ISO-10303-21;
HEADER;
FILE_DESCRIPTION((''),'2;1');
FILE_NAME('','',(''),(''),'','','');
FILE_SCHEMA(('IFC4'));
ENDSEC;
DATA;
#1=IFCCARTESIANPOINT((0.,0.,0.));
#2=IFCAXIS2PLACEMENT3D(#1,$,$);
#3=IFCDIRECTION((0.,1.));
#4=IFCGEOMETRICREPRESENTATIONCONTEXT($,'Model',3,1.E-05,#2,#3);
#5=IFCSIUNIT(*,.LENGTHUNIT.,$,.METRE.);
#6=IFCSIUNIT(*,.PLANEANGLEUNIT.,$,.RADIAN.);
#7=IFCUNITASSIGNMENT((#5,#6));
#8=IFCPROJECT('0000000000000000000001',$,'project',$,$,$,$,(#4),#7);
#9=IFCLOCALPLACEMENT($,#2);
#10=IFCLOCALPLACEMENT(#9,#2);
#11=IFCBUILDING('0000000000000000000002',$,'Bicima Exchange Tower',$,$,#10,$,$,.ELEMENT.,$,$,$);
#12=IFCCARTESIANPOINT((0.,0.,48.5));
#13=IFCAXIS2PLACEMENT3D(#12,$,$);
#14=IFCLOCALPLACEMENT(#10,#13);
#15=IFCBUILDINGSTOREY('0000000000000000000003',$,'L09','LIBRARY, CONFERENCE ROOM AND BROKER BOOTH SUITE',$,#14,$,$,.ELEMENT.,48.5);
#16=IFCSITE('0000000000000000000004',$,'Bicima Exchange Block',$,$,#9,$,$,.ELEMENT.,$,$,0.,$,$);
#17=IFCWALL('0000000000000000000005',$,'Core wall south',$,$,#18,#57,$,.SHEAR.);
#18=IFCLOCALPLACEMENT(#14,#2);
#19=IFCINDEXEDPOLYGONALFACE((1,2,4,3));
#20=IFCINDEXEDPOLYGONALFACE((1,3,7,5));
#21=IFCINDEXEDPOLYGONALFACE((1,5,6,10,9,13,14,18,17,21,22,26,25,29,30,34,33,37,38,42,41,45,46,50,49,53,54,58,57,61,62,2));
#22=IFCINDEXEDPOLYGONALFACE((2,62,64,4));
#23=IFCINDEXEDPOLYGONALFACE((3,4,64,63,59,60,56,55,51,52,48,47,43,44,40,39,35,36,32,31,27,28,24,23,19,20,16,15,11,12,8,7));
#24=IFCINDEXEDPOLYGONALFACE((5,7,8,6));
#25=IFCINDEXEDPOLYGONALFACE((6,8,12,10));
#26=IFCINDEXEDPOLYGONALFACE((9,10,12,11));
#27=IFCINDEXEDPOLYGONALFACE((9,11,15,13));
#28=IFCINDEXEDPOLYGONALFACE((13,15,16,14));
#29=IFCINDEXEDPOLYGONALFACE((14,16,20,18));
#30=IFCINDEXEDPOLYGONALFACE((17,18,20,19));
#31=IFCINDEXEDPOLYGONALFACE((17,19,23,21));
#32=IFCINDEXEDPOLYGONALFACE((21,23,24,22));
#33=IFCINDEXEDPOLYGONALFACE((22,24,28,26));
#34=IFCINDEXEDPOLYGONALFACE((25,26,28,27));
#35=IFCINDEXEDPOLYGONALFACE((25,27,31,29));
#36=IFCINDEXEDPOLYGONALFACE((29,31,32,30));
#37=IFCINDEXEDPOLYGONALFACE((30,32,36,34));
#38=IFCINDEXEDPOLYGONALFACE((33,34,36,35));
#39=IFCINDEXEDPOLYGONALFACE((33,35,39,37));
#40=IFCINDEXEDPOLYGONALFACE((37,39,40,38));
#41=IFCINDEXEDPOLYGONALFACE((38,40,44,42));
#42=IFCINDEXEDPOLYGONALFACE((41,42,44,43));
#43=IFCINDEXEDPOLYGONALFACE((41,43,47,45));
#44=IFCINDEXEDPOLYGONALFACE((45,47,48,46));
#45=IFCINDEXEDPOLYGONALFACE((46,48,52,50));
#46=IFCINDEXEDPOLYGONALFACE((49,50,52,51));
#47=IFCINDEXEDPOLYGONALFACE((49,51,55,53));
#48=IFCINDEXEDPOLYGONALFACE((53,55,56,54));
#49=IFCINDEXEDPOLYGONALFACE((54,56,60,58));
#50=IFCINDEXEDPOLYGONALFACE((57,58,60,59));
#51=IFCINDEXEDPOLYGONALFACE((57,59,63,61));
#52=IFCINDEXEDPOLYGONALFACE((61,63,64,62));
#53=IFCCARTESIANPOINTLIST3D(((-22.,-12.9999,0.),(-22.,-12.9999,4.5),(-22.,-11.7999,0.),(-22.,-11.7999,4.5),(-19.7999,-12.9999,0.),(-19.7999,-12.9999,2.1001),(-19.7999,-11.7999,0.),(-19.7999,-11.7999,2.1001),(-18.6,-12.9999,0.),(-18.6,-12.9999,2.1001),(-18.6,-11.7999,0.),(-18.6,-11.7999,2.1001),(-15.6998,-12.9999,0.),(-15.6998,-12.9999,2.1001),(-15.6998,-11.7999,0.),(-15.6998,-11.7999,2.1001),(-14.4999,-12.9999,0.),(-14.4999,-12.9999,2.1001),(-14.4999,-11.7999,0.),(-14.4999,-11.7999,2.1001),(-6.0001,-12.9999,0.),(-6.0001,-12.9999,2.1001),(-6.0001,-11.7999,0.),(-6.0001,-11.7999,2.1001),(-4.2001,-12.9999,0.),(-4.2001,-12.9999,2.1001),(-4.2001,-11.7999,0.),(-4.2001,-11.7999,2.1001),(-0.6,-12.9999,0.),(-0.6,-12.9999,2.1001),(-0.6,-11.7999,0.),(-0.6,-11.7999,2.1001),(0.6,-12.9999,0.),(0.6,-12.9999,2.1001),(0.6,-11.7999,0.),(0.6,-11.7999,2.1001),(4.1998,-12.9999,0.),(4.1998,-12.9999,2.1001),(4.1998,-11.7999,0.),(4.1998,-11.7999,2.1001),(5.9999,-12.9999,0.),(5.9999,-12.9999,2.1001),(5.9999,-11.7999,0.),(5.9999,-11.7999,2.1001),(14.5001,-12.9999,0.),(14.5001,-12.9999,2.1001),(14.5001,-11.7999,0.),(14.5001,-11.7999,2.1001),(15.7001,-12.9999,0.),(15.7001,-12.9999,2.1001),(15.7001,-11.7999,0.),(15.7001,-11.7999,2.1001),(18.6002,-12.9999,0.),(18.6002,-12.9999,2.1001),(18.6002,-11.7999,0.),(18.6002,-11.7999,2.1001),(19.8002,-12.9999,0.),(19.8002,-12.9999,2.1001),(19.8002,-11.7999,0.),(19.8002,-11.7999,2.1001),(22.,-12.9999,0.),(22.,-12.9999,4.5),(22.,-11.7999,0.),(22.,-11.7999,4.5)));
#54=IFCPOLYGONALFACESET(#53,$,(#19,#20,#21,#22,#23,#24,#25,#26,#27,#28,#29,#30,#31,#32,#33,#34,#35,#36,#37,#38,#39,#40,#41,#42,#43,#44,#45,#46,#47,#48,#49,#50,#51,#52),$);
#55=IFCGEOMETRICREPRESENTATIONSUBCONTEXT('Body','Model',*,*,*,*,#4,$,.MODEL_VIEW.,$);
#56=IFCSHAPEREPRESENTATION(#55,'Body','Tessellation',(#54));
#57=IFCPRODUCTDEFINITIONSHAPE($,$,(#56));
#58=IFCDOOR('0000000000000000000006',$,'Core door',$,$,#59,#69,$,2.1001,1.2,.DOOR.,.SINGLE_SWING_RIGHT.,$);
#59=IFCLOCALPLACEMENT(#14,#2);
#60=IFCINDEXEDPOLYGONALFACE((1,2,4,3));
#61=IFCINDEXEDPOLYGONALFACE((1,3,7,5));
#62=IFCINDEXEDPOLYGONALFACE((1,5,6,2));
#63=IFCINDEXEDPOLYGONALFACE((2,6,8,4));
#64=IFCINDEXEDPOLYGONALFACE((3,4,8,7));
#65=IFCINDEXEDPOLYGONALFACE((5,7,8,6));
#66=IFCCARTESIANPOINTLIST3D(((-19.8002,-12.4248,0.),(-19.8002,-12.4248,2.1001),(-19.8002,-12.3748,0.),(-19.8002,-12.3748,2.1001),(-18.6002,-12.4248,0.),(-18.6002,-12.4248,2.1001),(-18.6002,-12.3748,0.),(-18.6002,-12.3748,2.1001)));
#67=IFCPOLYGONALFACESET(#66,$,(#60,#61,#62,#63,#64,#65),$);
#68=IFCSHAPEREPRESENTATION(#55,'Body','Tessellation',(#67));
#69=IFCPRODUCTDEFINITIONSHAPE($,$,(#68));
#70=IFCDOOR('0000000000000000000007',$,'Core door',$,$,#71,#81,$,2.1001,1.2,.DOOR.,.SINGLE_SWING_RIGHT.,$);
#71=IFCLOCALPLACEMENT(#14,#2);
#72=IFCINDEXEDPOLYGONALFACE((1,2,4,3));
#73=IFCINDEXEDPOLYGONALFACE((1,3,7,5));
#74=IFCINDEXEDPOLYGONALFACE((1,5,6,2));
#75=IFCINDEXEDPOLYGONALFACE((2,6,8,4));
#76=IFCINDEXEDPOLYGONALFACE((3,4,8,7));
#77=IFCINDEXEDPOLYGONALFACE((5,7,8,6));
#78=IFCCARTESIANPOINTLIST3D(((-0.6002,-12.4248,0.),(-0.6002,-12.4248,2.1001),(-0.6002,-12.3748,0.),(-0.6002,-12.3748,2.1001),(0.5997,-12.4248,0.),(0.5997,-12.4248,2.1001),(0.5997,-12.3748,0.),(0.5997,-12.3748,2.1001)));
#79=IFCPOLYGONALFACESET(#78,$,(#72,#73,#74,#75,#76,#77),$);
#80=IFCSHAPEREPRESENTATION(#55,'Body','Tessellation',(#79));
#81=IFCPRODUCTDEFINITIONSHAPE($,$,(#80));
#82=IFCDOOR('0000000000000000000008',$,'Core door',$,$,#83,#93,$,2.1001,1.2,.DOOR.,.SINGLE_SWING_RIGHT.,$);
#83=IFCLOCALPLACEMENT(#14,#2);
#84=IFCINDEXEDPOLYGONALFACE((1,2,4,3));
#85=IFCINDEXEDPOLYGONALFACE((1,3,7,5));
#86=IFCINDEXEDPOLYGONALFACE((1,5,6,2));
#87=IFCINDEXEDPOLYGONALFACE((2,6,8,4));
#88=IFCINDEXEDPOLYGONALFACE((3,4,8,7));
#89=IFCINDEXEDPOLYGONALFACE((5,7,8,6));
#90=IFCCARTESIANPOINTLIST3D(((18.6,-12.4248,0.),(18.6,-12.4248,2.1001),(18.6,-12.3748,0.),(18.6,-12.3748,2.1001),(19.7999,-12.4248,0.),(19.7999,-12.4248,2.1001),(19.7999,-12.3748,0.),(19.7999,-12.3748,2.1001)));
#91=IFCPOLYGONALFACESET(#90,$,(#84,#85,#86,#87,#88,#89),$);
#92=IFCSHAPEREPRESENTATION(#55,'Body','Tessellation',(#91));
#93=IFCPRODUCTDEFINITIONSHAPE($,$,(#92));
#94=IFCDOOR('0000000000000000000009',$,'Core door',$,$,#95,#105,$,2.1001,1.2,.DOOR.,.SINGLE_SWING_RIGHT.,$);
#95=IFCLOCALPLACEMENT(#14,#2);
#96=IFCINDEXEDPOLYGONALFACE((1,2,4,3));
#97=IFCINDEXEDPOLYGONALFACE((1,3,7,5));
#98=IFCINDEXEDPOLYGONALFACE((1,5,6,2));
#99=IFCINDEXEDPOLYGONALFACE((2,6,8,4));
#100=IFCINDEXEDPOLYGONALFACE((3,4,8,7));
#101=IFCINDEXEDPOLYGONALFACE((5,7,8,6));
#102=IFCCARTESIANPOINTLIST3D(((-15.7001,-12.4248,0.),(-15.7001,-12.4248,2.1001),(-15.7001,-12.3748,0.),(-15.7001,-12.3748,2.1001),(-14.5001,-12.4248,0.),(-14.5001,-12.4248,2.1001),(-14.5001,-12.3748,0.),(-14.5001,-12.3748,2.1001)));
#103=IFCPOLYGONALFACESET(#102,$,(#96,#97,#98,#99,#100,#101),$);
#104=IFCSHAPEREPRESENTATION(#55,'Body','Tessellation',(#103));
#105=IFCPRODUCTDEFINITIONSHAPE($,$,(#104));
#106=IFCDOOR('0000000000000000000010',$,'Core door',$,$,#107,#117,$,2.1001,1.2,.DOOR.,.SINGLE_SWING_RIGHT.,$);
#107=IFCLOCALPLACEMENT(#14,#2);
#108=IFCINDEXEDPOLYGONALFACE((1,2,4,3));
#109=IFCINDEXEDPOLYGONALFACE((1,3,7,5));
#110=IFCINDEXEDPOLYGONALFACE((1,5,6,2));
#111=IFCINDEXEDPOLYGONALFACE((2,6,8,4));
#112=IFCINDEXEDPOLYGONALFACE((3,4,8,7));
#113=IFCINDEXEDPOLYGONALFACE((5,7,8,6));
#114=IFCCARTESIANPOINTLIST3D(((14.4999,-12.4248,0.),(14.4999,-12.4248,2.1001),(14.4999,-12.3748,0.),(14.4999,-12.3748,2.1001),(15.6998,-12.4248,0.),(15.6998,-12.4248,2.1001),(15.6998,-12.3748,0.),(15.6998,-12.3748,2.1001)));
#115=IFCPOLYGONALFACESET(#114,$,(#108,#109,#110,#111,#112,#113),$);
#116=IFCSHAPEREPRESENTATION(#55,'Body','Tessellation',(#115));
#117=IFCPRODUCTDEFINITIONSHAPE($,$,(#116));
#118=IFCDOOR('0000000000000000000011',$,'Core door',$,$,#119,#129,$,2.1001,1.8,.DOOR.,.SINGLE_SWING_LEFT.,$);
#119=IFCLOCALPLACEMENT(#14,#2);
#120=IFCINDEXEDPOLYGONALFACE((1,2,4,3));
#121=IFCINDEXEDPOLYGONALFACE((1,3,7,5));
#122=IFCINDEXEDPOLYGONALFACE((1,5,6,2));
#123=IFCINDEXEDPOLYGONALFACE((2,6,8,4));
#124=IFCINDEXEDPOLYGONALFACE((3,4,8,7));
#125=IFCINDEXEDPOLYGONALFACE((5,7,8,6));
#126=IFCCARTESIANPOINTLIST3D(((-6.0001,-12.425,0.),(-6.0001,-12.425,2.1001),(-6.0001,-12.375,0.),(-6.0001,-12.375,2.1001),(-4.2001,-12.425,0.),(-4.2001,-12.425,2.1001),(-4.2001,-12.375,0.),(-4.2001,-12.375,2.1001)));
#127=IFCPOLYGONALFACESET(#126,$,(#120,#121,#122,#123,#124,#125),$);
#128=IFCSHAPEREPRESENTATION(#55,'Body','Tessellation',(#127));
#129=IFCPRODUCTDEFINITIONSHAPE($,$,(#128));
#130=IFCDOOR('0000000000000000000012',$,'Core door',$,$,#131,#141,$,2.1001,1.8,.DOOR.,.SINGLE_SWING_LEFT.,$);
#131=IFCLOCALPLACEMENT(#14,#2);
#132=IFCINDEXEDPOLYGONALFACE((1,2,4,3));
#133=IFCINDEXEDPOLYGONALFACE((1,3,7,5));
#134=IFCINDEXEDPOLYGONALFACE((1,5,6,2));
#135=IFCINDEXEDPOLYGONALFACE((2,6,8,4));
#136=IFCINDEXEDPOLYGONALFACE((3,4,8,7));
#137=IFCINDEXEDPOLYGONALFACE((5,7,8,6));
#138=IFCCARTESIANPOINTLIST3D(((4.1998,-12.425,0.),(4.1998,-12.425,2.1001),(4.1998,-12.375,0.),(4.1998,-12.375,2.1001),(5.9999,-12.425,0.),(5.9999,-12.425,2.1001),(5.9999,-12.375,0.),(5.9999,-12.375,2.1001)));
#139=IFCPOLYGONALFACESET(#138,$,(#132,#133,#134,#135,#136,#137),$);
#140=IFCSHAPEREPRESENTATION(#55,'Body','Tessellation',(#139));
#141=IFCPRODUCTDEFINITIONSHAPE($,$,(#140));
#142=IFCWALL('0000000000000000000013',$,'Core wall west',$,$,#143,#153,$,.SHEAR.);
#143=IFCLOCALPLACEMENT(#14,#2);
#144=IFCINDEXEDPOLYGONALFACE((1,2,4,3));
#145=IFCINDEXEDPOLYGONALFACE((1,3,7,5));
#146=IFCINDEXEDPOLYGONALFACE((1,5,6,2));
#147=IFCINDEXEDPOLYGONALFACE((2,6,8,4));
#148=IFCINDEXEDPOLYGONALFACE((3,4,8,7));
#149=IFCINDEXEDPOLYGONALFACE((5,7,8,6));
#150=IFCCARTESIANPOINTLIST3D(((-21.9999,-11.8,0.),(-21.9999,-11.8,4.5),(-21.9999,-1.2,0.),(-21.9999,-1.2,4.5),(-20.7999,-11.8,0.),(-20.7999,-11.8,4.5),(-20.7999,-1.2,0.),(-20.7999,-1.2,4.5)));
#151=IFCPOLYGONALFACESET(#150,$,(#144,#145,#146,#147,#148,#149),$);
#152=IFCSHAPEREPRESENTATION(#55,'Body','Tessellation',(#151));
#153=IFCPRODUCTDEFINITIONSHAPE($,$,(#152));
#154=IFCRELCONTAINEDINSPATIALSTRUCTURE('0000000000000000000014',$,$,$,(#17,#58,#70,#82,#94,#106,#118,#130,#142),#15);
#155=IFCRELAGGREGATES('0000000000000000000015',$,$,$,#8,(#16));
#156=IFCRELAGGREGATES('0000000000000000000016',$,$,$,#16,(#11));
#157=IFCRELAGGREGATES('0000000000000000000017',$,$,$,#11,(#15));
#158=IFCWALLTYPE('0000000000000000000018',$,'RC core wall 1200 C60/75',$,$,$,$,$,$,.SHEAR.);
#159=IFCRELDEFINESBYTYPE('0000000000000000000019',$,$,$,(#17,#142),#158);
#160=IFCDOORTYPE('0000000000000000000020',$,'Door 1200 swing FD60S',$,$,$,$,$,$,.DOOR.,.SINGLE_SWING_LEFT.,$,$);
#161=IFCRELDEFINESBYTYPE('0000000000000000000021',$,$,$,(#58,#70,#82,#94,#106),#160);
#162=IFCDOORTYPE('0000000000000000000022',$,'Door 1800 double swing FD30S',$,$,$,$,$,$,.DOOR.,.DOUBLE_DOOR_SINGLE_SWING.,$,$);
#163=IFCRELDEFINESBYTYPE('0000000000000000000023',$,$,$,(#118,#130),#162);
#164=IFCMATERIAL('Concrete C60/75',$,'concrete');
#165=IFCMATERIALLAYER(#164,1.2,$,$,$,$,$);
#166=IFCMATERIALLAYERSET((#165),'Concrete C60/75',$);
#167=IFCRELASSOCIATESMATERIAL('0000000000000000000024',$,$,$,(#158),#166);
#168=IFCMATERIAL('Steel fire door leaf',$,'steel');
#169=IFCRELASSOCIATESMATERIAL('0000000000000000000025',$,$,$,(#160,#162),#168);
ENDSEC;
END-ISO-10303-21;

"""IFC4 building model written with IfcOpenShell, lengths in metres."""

from ifc_helpers import new_model, si_unit, direction, frame, frame_2d, origin, place, context, subcontext, project, spatial, rectangle, extrude, material, layer, layer_set, type_object, element, fill, save


model = new_model("IFC4")

# Units and contexts
model_context = context("Model", 3, precision=1e-05, world=origin(), true_north=direction((0.0, 1.0)))
body_context = subcontext(model_context, "Body", "Model", "MODEL_VIEW")
ifc_project = project(units=[si_unit("LENGTHUNIT", "METRE"), si_unit("PLANEANGLEUNIT", "RADIAN")], contexts=[model_context])

# Site, building, storey
site_placement = place(None, origin())
site = spatial("IfcSite", under=ifc_project, at=site_placement, Name="Bicima Exchange Block", CompositionType="ELEMENT", RefElevation=0.0)
building_placement = place(site_placement, origin())
building = spatial("IfcBuilding", under=site, at=building_placement, Name="Bicima Exchange Tower", CompositionType="ELEMENT")
storey_placement = place(building_placement, frame((0.0, 0.0, 48.5)))
storey = spatial("IfcBuildingStorey", under=building, at=storey_placement, Name="L09", Description="LIBRARY, CONFERENCE ROOM AND BROKER BOOTH SUITE", CompositionType="ELEMENT", Elevation=48.5)

# Wall, openings, doors
ifc_material_1 = material(Name="Concrete C60/75", Category="concrete")
ifc_layer_1 = layer(ifc_material_1, 1.2)
ifc_layer_set_1 = layer_set([ifc_layer_1], Name="Concrete C60/75")
wall_type_1 = type_object("IfcWallType", Name="RC core wall 1200 C60/75", PredefinedType="SHEAR", material=ifc_layer_set_1)
wall_1_placement = place(storey_placement, frame((-22.0, -12.3999, 0.0), z_axis=(0.0, 0.0, 1.0), x_axis=(1.0, 0.0, 0.0)))
wall_1 = element("IfcWall", 1, at=wall_1_placement, inside=storey, type_object=wall_type_1, Name="Core wall south", PredefinedType="SHEAR", context=body_context, shape_type="SweptSolid", body=[
    extrude(rectangle(XDim=44.0, YDim=1.2, at=frame_2d((22.0, 0.0))), origin(), (0.0, 0.0, 1.0), 4.5),
])
opening_1_placement = place(wall_1_placement, frame((2.2, 0.0, 0.0)))
opening_1 = element("IfcOpeningElement", 2, at=opening_1_placement, cuts=wall_1, PredefinedType="OPENING", context=body_context, shape_type="SweptSolid", body=[
    extrude(rectangle(XDim=1.2, YDim=2.1001, at=frame_2d((0.6001, 1.05))), frame((0.0, 0.6118, 0.0), z_axis=(0.0, -1.0, 0.0), x_axis=(1.0, 0.0, 0.0)), (0.0, 0.0, 1.0), 1.2239),
])
opening_2_placement = place(wall_1_placement, frame((21.3999, 0.0, 0.0)))
opening_2 = element("IfcOpeningElement", 3, at=opening_2_placement, cuts=wall_1, PredefinedType="OPENING", context=body_context, shape_type="SweptSolid", body=[
    extrude(rectangle(XDim=1.2, YDim=2.1001, at=frame_2d((0.6001, 1.05))), frame((0.0, 0.6118, 0.0), z_axis=(0.0, -1.0, 0.0), x_axis=(1.0, 0.0, 0.0)), (0.0, 0.0, 1.0), 1.2239),
])
opening_3_placement = place(wall_1_placement, frame((40.6001, 0.0, 0.0)))
opening_3 = element("IfcOpeningElement", 4, at=opening_3_placement, cuts=wall_1, PredefinedType="OPENING", context=body_context, shape_type="SweptSolid", body=[
    extrude(rectangle(XDim=1.2, YDim=2.1001, at=frame_2d((0.6001, 1.05))), frame((0.0, 0.6118, 0.0), z_axis=(0.0, -1.0, 0.0), x_axis=(1.0, 0.0, 0.0)), (0.0, 0.0, 1.0), 1.2239),
])
opening_4_placement = place(wall_1_placement, frame((16.0, 0.0, 0.0)))
opening_4 = element("IfcOpeningElement", 5, at=opening_4_placement, cuts=wall_1, PredefinedType="OPENING", context=body_context, shape_type="SweptSolid", body=[
    extrude(rectangle(XDim=1.8, YDim=2.1001, at=frame_2d((0.8999, 1.05))), frame((0.0, 0.6118, 0.0), z_axis=(0.0, -1.0, 0.0), x_axis=(1.0, 0.0, 0.0)), (0.0, 0.0, 1.0), 1.2239),
])
opening_5_placement = place(wall_1_placement, frame((6.3, 0.0, 0.0)))
opening_5 = element("IfcOpeningElement", 6, at=opening_5_placement, cuts=wall_1, PredefinedType="OPENING", context=body_context, shape_type="SweptSolid", body=[
    extrude(rectangle(XDim=1.2, YDim=2.1001, at=frame_2d((0.6001, 1.05))), frame((0.0, 0.6118, 0.0), z_axis=(0.0, -1.0, 0.0), x_axis=(1.0, 0.0, 0.0)), (0.0, 0.0, 1.0), 1.2239),
])
opening_6_placement = place(wall_1_placement, frame((26.2, 0.0, 0.0)))
opening_6 = element("IfcOpeningElement", 7, at=opening_6_placement, cuts=wall_1, PredefinedType="OPENING", context=body_context, shape_type="SweptSolid", body=[
    extrude(rectangle(XDim=1.8, YDim=2.1001, at=frame_2d((0.8999, 1.05))), frame((0.0, 0.6118, 0.0), z_axis=(0.0, -1.0, 0.0), x_axis=(1.0, 0.0, 0.0)), (0.0, 0.0, 1.0), 1.2239),
])
opening_7_placement = place(wall_1_placement, frame((36.5, 0.0, 0.0)))
opening_7 = element("IfcOpeningElement", 8, at=opening_7_placement, cuts=wall_1, PredefinedType="OPENING", context=body_context, shape_type="SweptSolid", body=[
    extrude(rectangle(XDim=1.2, YDim=2.1001, at=frame_2d((0.6001, 1.05))), frame((0.0, 0.6118, 0.0), z_axis=(0.0, -1.0, 0.0), x_axis=(1.0, 0.0, 0.0)), (0.0, 0.0, 1.0), 1.2239),
])
ifc_material_2 = material(Name="Steel fire door leaf", Category="steel")
door_type_1 = type_object("IfcDoorType", Name="Door 1200 swing FD60S", OperationType="SINGLE_SWING_LEFT", PredefinedType="DOOR", material=ifc_material_2)
door_1_placement = place(opening_1_placement, frame((1.2, 0.0, 0.0), z_axis=(0.0, 0.0, 1.0), x_axis=(-1.0, 0.0, 0.0)))
door_1 = element("IfcDoor", 9, at=door_1_placement, inside=storey, type_object=door_type_1, Name="Core door", OperationType="SINGLE_SWING_RIGHT", OverallHeight=2.1001, OverallWidth=1.2, PredefinedType="DOOR", context=body_context, shape_type="SweptSolid", body=[
    extrude(rectangle(XDim=1.2, YDim=2.1001, at=frame_2d((0.6001, 1.05))), frame((0.0, 0.0249, 0.0), z_axis=(0.0, -1.0, 0.0), x_axis=(1.0, 0.0, 0.0)), (0.0, 0.0, 1.0), 0.05),
])
fill(opening_1, door_1)
door_2_placement = place(opening_2_placement, frame((1.2, 0.0, 0.0), z_axis=(0.0, 0.0, 1.0), x_axis=(-1.0, 0.0, 0.0)))
door_2 = element("IfcDoor", 10, at=door_2_placement, inside=storey, type_object=door_type_1, Name="Core door", OperationType="SINGLE_SWING_RIGHT", OverallHeight=2.1001, OverallWidth=1.2, PredefinedType="DOOR", context=body_context, shape_type="SweptSolid", body=[
    extrude(rectangle(XDim=1.2, YDim=2.1001, at=frame_2d((0.6001, 1.05))), frame((0.0, 0.0249, 0.0), z_axis=(0.0, -1.0, 0.0), x_axis=(1.0, 0.0, 0.0)), (0.0, 0.0, 1.0), 0.05),
])
fill(opening_2, door_2)
door_3_placement = place(opening_3_placement, frame((1.2, 0.0, 0.0), z_axis=(0.0, 0.0, 1.0), x_axis=(-1.0, 0.0, 0.0)))
door_3 = element("IfcDoor", 11, at=door_3_placement, inside=storey, type_object=door_type_1, Name="Core door", OperationType="SINGLE_SWING_RIGHT", OverallHeight=2.1001, OverallWidth=1.2, PredefinedType="DOOR", context=body_context, shape_type="SweptSolid", body=[
    extrude(rectangle(XDim=1.2, YDim=2.1001, at=frame_2d((0.6001, 1.05))), frame((0.0, 0.0249, 0.0), z_axis=(0.0, -1.0, 0.0), x_axis=(1.0, 0.0, 0.0)), (0.0, 0.0, 1.0), 0.05),
])
fill(opening_3, door_3)
door_4_placement = place(opening_5_placement, frame((1.2, 0.0, 0.0), z_axis=(0.0, 0.0, 1.0), x_axis=(-1.0, 0.0, 0.0)))
door_4 = element("IfcDoor", 12, at=door_4_placement, inside=storey, type_object=door_type_1, Name="Core door", OperationType="SINGLE_SWING_RIGHT", OverallHeight=2.1001, OverallWidth=1.2, PredefinedType="DOOR", context=body_context, shape_type="SweptSolid", body=[
    extrude(rectangle(XDim=1.2, YDim=2.1001, at=frame_2d((0.6001, 1.05))), frame((0.0, 0.0249, 0.0), z_axis=(0.0, -1.0, 0.0), x_axis=(1.0, 0.0, 0.0)), (0.0, 0.0, 1.0), 0.05),
])
fill(opening_5, door_4)
door_5_placement = place(opening_7_placement, frame((1.2, 0.0, 0.0), z_axis=(0.0, 0.0, 1.0), x_axis=(-1.0, 0.0, 0.0)))
door_5 = element("IfcDoor", 13, at=door_5_placement, inside=storey, type_object=door_type_1, Name="Core door", OperationType="SINGLE_SWING_RIGHT", OverallHeight=2.1001, OverallWidth=1.2, PredefinedType="DOOR", context=body_context, shape_type="SweptSolid", body=[
    extrude(rectangle(XDim=1.2, YDim=2.1001, at=frame_2d((0.6001, 1.05))), frame((0.0, 0.0249, 0.0), z_axis=(0.0, -1.0, 0.0), x_axis=(1.0, 0.0, 0.0)), (0.0, 0.0, 1.0), 0.05),
])
fill(opening_7, door_5)
door_type_2 = type_object("IfcDoorType", Name="Door 1800 double swing FD30S", OperationType="DOUBLE_DOOR_SINGLE_SWING", PredefinedType="DOOR", material=ifc_material_2)
door_6_placement = place(opening_4_placement, origin())
door_6 = element("IfcDoor", 14, at=door_6_placement, inside=storey, type_object=door_type_2, Name="Core door", OperationType="SINGLE_SWING_LEFT", OverallHeight=2.1001, OverallWidth=1.8, PredefinedType="DOOR", context=body_context, shape_type="SweptSolid", body=[
    extrude(rectangle(XDim=1.8, YDim=2.1001, at=frame_2d((0.8999, 1.05))), frame((0.0, 0.0249, 0.0), z_axis=(0.0, -1.0, 0.0), x_axis=(1.0, 0.0, 0.0)), (0.0, 0.0, 1.0), 0.05),
])
fill(opening_4, door_6)
door_7_placement = place(opening_6_placement, origin())
door_7 = element("IfcDoor", 15, at=door_7_placement, inside=storey, type_object=door_type_2, Name="Core door", OperationType="SINGLE_SWING_LEFT", OverallHeight=2.1001, OverallWidth=1.8, PredefinedType="DOOR", context=body_context, shape_type="SweptSolid", body=[
    extrude(rectangle(XDim=1.8, YDim=2.1001, at=frame_2d((0.8999, 1.05))), frame((0.0, 0.0249, 0.0), z_axis=(0.0, -1.0, 0.0), x_axis=(1.0, 0.0, 0.0)), (0.0, 0.0, 1.0), 0.05),
])
fill(opening_6, door_7)

# Wall
wall_2_placement = place(storey_placement, frame((-21.3999, -11.8, 0.0), z_axis=(0.0, 0.0, 1.0), x_axis=(0.0, 1.0, 0.0)))
element("IfcWall", 16, at=wall_2_placement, inside=storey, type_object=wall_type_1, Name="Core wall west", PredefinedType="SHEAR", context=body_context, shape_type="SweptSolid", body=[
    extrude(rectangle(XDim=10.6001, YDim=1.2, at=frame_2d((5.3, 0.0))), origin(), (0.0, 0.0, 1.0), 4.5),
])

save(model, "model.ifc")
